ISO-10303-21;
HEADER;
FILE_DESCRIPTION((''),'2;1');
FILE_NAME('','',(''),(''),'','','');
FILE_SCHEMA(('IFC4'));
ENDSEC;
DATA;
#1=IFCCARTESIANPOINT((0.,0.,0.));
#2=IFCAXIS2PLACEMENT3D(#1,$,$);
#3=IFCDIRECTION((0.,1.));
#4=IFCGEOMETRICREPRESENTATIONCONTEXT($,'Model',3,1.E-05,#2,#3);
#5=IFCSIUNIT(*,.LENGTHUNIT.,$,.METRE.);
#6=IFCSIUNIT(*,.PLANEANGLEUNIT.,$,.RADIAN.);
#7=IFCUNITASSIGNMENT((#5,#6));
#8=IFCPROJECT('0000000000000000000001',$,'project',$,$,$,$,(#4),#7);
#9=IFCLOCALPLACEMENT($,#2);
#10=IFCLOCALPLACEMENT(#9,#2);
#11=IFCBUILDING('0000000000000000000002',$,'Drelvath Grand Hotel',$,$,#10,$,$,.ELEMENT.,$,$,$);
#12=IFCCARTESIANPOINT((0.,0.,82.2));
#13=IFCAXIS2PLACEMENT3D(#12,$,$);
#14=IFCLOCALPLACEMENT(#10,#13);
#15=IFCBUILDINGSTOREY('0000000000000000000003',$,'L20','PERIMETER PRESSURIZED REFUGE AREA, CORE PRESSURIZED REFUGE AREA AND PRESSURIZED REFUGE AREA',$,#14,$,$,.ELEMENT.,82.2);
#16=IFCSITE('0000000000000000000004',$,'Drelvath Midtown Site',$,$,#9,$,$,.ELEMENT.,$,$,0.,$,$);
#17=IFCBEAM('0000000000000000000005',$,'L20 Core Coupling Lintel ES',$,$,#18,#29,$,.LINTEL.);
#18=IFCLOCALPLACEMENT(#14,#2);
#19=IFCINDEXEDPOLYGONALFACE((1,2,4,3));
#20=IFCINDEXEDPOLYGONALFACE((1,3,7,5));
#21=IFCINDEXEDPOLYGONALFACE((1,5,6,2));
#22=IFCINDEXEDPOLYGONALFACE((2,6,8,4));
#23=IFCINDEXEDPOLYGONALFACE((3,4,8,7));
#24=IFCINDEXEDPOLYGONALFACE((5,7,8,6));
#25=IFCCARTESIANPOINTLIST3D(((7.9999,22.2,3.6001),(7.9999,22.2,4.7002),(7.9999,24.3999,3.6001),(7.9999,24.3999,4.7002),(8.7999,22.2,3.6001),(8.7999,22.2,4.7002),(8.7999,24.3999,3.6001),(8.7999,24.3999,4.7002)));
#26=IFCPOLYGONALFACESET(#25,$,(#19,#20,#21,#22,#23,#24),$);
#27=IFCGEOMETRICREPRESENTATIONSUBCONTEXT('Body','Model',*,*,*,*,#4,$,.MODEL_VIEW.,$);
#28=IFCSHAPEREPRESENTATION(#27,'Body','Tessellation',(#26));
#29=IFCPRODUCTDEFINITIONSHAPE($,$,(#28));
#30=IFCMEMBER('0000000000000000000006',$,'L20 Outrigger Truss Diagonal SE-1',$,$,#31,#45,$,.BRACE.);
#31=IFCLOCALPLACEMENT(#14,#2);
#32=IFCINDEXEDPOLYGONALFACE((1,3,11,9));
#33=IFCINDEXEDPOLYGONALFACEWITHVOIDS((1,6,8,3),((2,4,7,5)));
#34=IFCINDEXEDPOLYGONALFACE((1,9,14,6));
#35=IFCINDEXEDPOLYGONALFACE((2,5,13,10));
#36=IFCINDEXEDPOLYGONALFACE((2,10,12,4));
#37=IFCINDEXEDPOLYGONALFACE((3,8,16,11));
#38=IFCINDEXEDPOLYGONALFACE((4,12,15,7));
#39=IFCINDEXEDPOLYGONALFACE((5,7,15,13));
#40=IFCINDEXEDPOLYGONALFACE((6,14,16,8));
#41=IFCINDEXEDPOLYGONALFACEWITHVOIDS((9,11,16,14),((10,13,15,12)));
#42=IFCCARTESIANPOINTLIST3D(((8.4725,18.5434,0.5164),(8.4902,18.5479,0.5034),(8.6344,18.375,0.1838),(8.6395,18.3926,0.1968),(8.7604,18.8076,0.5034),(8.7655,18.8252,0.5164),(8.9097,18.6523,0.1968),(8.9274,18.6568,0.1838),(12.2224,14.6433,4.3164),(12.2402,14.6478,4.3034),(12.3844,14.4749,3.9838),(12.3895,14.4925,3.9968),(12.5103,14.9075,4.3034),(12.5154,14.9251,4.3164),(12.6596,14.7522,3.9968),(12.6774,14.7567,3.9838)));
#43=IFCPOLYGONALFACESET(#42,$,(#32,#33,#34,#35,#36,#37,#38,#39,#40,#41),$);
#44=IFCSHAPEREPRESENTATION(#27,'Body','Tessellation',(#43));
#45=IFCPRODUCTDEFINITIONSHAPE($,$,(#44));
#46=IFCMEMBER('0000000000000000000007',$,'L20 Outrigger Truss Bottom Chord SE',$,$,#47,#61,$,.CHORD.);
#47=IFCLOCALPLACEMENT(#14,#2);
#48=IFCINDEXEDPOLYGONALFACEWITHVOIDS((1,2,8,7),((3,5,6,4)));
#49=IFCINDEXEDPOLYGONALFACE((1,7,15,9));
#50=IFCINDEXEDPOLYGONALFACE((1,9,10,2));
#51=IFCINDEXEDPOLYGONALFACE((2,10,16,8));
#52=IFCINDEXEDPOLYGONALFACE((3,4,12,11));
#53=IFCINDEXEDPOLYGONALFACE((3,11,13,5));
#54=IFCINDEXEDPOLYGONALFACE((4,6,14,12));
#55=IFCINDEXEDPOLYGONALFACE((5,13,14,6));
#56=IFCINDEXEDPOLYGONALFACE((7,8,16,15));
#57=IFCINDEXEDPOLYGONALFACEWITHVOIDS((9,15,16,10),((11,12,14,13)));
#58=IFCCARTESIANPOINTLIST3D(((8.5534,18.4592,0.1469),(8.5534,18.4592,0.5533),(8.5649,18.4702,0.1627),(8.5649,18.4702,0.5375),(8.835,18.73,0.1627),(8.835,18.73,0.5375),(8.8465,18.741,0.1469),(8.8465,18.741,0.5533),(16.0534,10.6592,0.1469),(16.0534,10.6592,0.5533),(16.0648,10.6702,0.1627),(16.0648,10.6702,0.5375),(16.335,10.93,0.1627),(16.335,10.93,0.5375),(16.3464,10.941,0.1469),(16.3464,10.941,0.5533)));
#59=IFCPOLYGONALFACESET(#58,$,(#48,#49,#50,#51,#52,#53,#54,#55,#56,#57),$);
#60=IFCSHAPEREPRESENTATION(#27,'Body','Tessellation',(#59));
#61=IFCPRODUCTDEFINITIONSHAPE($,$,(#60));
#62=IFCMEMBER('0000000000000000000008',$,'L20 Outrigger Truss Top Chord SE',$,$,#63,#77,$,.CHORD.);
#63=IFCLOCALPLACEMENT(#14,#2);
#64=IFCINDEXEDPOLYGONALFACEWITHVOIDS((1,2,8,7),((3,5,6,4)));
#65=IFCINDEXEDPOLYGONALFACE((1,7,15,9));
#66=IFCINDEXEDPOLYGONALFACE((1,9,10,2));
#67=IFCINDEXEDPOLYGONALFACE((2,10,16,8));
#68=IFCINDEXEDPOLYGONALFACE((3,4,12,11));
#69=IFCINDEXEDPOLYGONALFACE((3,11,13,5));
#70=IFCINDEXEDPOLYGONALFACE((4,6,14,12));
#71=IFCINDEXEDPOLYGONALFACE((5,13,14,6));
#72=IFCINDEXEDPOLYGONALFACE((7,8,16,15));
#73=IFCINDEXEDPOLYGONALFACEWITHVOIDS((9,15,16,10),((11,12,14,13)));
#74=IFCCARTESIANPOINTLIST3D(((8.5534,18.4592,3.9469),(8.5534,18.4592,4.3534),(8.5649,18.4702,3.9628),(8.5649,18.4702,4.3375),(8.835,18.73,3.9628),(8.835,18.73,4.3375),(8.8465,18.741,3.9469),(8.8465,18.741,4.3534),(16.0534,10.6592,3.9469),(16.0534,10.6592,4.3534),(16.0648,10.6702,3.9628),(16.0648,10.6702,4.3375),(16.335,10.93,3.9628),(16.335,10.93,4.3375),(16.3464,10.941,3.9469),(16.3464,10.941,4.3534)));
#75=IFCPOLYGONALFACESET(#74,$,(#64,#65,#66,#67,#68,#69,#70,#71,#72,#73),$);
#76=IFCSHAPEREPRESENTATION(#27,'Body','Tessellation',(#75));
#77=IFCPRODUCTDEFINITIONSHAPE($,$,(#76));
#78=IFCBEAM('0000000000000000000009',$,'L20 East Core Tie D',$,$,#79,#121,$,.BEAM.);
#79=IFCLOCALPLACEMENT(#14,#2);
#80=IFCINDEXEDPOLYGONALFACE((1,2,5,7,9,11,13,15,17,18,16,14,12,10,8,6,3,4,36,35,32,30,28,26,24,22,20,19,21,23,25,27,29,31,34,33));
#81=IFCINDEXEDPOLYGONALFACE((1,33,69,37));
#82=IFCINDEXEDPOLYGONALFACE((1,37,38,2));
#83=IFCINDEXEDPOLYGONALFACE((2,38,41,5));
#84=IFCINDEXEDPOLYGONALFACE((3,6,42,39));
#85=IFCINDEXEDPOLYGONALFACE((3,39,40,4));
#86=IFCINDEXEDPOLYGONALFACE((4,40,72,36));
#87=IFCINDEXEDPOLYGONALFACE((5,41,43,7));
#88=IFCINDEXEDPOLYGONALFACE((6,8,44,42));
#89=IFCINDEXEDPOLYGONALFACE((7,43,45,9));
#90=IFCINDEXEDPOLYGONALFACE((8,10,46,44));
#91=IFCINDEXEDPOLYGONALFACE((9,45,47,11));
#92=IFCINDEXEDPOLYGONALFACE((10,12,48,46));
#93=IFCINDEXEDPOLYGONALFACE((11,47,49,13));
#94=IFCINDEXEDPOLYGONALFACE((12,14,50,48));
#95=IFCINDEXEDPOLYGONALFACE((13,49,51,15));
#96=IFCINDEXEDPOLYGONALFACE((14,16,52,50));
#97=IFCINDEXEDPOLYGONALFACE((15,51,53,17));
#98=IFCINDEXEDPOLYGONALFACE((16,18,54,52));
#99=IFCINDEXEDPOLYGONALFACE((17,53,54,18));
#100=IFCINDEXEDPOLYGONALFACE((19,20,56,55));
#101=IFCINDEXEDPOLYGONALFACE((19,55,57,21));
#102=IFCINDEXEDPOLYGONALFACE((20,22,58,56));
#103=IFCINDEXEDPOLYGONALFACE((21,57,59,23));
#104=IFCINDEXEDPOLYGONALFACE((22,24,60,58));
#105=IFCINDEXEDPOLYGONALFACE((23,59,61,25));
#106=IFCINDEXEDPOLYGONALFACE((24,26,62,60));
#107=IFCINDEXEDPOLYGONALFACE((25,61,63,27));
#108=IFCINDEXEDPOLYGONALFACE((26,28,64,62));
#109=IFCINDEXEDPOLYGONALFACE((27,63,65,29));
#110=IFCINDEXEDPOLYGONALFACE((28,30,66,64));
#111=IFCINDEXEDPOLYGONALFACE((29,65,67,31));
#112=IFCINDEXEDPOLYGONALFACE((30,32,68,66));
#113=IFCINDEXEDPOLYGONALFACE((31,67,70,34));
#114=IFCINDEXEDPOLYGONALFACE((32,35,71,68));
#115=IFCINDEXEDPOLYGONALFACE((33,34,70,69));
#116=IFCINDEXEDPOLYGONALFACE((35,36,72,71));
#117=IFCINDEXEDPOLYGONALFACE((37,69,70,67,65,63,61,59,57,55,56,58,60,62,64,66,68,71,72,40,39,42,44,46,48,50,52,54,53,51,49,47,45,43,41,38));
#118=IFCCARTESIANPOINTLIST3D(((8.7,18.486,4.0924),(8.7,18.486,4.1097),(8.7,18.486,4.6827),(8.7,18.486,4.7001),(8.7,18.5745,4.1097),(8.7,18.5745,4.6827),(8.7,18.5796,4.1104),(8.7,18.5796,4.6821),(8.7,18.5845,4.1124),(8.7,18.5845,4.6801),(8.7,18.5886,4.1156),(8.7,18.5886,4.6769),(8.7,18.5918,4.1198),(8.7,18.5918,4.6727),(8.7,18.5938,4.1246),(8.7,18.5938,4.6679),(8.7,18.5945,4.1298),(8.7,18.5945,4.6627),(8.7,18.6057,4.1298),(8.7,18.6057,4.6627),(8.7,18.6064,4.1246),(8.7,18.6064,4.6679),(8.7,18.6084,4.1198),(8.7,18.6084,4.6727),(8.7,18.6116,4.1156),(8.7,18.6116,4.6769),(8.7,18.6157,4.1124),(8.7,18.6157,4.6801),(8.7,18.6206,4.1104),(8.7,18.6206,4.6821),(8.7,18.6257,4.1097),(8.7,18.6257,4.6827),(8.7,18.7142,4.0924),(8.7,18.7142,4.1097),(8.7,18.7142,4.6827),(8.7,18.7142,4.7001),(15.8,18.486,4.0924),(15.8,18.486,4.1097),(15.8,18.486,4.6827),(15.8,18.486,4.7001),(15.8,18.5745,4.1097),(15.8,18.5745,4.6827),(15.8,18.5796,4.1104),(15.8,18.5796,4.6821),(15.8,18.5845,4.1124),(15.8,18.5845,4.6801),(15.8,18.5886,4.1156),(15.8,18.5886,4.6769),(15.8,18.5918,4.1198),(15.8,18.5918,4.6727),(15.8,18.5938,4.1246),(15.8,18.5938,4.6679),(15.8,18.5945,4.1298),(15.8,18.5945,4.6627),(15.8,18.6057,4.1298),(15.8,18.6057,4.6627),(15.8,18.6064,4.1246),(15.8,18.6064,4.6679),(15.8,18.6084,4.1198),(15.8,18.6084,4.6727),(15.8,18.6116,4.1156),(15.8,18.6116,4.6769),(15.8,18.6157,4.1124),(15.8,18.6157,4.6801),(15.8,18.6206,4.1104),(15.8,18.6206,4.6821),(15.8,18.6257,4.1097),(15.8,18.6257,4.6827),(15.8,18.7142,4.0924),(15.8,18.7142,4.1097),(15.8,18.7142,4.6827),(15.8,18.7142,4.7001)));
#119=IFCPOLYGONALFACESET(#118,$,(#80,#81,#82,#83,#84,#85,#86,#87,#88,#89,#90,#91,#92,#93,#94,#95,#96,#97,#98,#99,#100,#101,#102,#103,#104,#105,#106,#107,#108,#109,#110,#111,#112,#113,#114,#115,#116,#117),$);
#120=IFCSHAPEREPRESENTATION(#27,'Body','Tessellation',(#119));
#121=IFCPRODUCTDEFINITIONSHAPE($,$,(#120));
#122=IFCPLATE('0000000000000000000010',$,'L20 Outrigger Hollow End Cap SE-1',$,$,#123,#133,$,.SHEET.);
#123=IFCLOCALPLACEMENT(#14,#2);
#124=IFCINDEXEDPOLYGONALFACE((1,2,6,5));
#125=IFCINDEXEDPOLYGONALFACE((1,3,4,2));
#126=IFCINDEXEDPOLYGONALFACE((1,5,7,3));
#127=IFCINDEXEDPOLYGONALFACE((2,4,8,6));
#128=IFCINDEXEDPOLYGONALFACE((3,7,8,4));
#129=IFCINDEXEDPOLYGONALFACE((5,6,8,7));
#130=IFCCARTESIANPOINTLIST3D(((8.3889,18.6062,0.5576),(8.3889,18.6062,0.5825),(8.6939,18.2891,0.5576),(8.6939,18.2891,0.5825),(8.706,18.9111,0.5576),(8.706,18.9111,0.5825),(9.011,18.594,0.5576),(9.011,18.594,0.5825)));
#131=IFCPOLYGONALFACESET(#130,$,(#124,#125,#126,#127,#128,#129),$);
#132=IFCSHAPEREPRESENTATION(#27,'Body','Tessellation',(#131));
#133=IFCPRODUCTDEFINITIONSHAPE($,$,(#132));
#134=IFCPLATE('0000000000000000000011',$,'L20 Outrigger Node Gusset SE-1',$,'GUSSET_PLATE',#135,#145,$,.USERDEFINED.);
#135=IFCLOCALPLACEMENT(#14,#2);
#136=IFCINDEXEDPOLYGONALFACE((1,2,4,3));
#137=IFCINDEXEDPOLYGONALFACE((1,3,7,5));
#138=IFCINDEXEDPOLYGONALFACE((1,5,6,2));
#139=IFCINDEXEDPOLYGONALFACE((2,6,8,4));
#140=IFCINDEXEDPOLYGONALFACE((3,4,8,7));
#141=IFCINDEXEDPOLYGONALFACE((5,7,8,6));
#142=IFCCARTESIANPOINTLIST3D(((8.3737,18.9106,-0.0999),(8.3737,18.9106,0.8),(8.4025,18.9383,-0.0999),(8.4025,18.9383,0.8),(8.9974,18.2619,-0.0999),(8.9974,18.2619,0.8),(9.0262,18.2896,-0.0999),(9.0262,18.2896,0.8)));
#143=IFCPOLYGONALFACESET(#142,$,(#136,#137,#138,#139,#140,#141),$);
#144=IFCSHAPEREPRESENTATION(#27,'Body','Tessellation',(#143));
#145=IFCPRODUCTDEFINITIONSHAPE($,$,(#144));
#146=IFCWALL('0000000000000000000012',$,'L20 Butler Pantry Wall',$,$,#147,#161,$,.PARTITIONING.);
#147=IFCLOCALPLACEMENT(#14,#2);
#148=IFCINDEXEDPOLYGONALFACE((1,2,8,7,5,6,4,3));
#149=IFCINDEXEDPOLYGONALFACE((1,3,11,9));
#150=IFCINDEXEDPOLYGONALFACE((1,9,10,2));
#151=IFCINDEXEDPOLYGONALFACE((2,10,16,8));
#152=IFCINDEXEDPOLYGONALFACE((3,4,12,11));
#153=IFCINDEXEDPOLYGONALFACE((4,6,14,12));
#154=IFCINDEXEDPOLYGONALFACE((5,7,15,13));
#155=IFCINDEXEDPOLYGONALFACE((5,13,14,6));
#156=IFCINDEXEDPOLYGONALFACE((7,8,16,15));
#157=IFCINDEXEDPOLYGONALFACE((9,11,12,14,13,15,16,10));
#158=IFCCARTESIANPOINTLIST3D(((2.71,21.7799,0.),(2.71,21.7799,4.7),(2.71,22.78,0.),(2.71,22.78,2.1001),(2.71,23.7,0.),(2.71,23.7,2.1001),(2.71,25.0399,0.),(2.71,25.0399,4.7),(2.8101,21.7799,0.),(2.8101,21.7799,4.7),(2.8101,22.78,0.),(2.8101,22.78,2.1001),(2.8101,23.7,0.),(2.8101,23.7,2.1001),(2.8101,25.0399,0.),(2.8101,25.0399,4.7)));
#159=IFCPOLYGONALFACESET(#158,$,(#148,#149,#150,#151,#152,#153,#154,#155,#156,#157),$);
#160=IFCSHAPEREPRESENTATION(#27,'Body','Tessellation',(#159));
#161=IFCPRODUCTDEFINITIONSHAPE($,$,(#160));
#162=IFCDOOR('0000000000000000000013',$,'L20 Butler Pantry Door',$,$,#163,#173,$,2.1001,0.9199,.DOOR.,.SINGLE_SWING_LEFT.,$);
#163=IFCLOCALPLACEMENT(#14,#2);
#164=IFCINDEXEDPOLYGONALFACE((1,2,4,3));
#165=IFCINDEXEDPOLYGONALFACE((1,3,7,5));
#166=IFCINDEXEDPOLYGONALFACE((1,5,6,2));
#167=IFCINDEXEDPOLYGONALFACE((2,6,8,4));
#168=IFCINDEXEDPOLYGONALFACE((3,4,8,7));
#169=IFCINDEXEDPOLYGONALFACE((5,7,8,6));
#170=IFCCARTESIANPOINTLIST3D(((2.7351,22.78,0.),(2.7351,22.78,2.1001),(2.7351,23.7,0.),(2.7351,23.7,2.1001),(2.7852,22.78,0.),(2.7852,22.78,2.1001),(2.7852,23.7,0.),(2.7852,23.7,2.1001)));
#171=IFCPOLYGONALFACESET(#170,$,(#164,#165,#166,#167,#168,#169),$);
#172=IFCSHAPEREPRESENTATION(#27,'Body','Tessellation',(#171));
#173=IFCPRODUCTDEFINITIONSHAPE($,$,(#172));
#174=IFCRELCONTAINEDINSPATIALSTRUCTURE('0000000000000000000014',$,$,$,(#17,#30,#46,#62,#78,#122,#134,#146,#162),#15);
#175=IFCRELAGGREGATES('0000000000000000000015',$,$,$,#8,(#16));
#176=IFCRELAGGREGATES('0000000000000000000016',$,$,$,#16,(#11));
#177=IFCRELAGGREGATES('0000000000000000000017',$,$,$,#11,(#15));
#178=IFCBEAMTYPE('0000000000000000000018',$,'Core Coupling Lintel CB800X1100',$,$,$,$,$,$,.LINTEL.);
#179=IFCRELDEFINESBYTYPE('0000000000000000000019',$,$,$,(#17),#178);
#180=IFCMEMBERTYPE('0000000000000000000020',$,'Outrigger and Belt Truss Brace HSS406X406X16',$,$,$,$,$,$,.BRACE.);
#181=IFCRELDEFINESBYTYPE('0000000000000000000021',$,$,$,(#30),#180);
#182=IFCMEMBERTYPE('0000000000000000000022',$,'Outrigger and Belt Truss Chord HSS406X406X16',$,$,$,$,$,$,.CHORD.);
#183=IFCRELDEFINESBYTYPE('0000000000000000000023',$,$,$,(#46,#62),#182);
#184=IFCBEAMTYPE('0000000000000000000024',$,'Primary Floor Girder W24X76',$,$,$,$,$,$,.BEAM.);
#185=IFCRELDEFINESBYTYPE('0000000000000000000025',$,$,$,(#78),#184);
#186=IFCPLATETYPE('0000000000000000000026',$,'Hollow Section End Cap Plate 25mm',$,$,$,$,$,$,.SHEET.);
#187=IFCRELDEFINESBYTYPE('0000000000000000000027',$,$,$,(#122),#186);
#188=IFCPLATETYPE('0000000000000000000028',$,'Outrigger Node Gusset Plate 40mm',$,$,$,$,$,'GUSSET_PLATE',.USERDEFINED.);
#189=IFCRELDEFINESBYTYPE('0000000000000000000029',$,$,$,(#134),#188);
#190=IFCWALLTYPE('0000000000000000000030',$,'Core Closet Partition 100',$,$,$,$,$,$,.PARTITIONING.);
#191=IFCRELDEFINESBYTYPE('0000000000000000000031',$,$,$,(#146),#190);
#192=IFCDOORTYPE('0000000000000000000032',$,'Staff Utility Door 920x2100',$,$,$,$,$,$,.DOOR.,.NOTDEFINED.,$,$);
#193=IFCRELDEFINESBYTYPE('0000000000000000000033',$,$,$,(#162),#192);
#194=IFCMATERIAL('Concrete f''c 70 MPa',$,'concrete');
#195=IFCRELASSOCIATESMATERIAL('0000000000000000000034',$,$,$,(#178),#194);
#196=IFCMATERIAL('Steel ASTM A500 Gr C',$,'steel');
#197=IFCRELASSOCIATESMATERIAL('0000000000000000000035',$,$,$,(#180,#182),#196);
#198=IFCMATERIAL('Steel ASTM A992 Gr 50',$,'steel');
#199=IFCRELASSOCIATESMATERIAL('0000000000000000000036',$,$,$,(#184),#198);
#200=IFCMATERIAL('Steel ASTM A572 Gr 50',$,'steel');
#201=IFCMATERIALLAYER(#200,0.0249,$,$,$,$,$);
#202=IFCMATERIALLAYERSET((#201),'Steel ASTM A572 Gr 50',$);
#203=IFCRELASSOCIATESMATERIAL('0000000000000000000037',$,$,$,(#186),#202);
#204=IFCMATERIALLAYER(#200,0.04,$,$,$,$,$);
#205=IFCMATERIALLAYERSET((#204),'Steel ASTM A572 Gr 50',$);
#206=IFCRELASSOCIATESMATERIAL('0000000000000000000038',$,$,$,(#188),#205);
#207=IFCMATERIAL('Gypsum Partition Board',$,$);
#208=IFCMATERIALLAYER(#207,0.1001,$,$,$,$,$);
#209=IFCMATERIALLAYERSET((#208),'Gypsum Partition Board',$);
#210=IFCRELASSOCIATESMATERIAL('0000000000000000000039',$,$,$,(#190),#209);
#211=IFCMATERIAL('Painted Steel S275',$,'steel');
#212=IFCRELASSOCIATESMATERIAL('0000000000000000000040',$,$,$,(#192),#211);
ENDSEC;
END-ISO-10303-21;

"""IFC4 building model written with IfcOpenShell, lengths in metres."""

from ifc_helpers import new_model, si_unit, direction, frame, frame_2d, origin, origin_2d, place, context, subcontext, project, spatial, rectangle, hollow_rectangle, i_section, extrude, material, layer, layer_set, material_profile, profile_set, type_object, element, fill, save


model = new_model("IFC4")

# Units and contexts
model_context = context("Model", 3, precision=1e-05, world=origin(), true_north=direction((0.0, 1.0)))
body_context = subcontext(model_context, "Body", "Model", "MODEL_VIEW")
ifc_project = project(units=[si_unit("LENGTHUNIT", "METRE"), si_unit("PLANEANGLEUNIT", "RADIAN")], contexts=[model_context])

# Site, building, storey
site_placement = place(None, origin())
site = spatial("IfcSite", under=ifc_project, at=site_placement, Name="Drelvath Midtown Site", CompositionType="ELEMENT", RefElevation=0.0)
building_placement = place(site_placement, origin())
building = spatial("IfcBuilding", under=site, at=building_placement, Name="Drelvath Grand Hotel", CompositionType="ELEMENT")
storey_placement = place(building_placement, frame((0.0, 0.0, 82.2)))
storey = spatial("IfcBuildingStorey", under=building, at=storey_placement, Name="L20", Description="PERIMETER PRESSURIZED REFUGE AREA, CORE PRESSURIZED REFUGE AREA AND PRESSURIZED REFUGE AREA", CompositionType="ELEMENT", Elevation=82.2)

# Beam
ifc_material_1 = material(Name="Concrete f'c 70 MPa", Category="concrete")
ifc_material_profile_1 = material_profile(ifc_material_1, rectangle(XDim=0.8, YDim=1.1001, at=origin_2d()), Name="CB800X1100")
ifc_profile_set_1 = profile_set([ifc_material_profile_1], Name="Concrete f'c 70 MPa")
beam_type_1 = type_object("IfcBeamType", Name="Core Coupling Lintel CB800X1100", PredefinedType="LINTEL", material=ifc_profile_set_1)
beam_1_placement = place(storey_placement, frame((8.3999, 22.2, 4.1501), z_axis=(0.0, 1.0, 0.0), x_axis=(-1.0, 0.0, 0.0)))
element("IfcBeam", 1, at=beam_1_placement, inside=storey, type_object=beam_type_1, Name="L20 Core Coupling Lintel ES", PredefinedType="LINTEL", context=body_context, shape_type="SweptSolid", body=[
    extrude(rectangle(XDim=0.8, YDim=1.1001, at=origin_2d()), origin(), (0.0, 0.0, 1.0), 2.2),
])

# Members
ifc_material_2 = material(Name="Steel ASTM A500 Gr C", Category="steel")
ifc_material_profile_2 = material_profile(ifc_material_2, hollow_rectangle(XDim=0.4065, YDim=0.4065, WallThickness=0.0159, at=origin_2d()), Name="HSS406X406X16")
ifc_profile_set_2 = profile_set([ifc_material_profile_2], Name="Steel ASTM A500 Gr C")
member_type_1 = type_object("IfcMemberType", Name="Outrigger and Belt Truss Brace HSS406X406X16", PredefinedType="BRACE", material=ifc_profile_set_2)
member_placement = place(storey_placement, frame((8.7, 18.6001, 0.3501), z_axis=(0.56718, -0.589889, 0.57475), x_axis=(0.720846, 0.693095, 0.0)))
element("IfcMember", 2, at=member_placement, inside=storey, type_object=member_type_1, Name="L20 Outrigger Truss Diagonal SE-1", PredefinedType="BRACE", context=body_context, shape_type="SweptSolid", body=[
    extrude(hollow_rectangle(XDim=0.4065, YDim=0.4065, WallThickness=0.0159, at=origin_2d()), origin(), (0.0, 0.0, 1.0), 6.6116),
])
ifc_material_profile_3 = material_profile(ifc_material_2, hollow_rectangle(XDim=0.4065, YDim=0.4065, WallThickness=0.0159, at=origin_2d()), Name="HSS406X406X16")
ifc_profile_set_3 = profile_set([ifc_material_profile_3], Name="Steel ASTM A500 Gr C")
member_type_2 = type_object("IfcMemberType", Name="Outrigger and Belt Truss Chord HSS406X406X16", PredefinedType="CHORD", material=ifc_profile_set_3)
for number, where, z_axis, x_axis, name in (
    (3, (8.7, 18.6001, 0.3501), (0.693106, -0.720835, 0.0), (0.720835, 0.693106, 0.0), "L20 Outrigger Truss Bottom Chord SE"),
    (4, (8.7, 18.6001, 4.1501), (0.693106, -0.720835, 0.0), (0.720835, 0.693106, 0.0), "L20 Outrigger Truss Top Chord SE"),
):
    element("IfcMember", number, at=place(storey_placement, frame(where, z_axis=z_axis, x_axis=x_axis)), inside=storey, type_object=member_type_2, Name=name, PredefinedType="CHORD", context=body_context, shape_type="SweptSolid", body=[
        extrude(hollow_rectangle(XDim=0.4065, YDim=0.4065, WallThickness=0.0159, at=origin_2d()), origin(), (0.0, 0.0, 1.0), 10.8208),
    ])

# Beam
ifc_material_3 = material(Name="Steel ASTM A992 Gr 50", Category="steel")
ifc_material_profile_4 = material_profile(ifc_material_3, i_section(OverallWidth=0.2283, OverallDepth=0.6077, WebThickness=0.0112, FlangeThickness=0.0173, FilletRadius=0.02, at=origin_2d()), Name="W24X76")
ifc_profile_set_4 = profile_set([ifc_material_profile_4], Name="Steel ASTM A992 Gr 50")
beam_type_2 = type_object("IfcBeamType", Name="Primary Floor Girder W24X76", PredefinedType="BEAM", material=ifc_profile_set_4)
beam_2_placement = place(storey_placement, frame((8.7, 18.6001, 4.3962), z_axis=(1.0, 0.0, 0.0), x_axis=(0.0, 1.0, 0.0)))
element("IfcBeam", 5, at=beam_2_placement, inside=storey, type_object=beam_type_2, Name="L20 East Core Tie D", PredefinedType="BEAM", context=body_context, shape_type="SweptSolid", body=[
    extrude(i_section(OverallWidth=0.2283, OverallDepth=0.6077, WebThickness=0.0112, FlangeThickness=0.0173, FilletRadius=0.02, at=origin_2d()), origin(), (0.0, 0.0, 1.0), 7.1001),
])

# Plates
ifc_material_4 = material(Name="Steel ASTM A572 Gr 50", Category="steel")
ifc_layer_1 = layer(ifc_material_4, 0.0249)
ifc_layer_set_1 = layer_set([ifc_layer_1], Name="Steel ASTM A572 Gr 50")
plate_type_1 = type_object("IfcPlateType", Name="Hollow Section End Cap Plate 25mm", PredefinedType="SHEET", material=ifc_layer_set_1)
plate_1_placement = place(storey_placement, frame((8.7, 18.6001, 0.5576), z_axis=(0.0, 0.0, 1.0), x_axis=(0.693109, -0.720833, 0.0)))
element("IfcPlate", 6, at=plate_1_placement, inside=storey, type_object=plate_type_1, Name="L20 Outrigger Hollow End Cap SE-1", PredefinedType="SHEET", context=body_context, shape_type="SweptSolid", body=[
    extrude(rectangle(XDim=0.4399, YDim=0.4399, at=origin_2d()), origin(), (0.0, 0.0, 1.0), 0.0249),
])
ifc_layer_2 = layer(ifc_material_4, 0.04)
ifc_layer_set_2 = layer_set([ifc_layer_2], Name="Steel ASTM A572 Gr 50")
plate_type_2 = type_object("IfcPlateType", Name="Outrigger Node Gusset Plate 40mm", ElementType="GUSSET_PLATE", PredefinedType="USERDEFINED", material=ifc_layer_set_2)
plate_2_placement = place(storey_placement, frame((8.7, 18.6001, -0.0999), z_axis=(0.0, 0.0, 1.0), x_axis=(0.693109, -0.720833, 0.0)))
element("IfcPlate", 7, at=plate_2_placement, inside=storey, type_object=plate_type_2, Name="L20 Outrigger Node Gusset SE-1", ObjectType="GUSSET_PLATE", PredefinedType="USERDEFINED", context=body_context, shape_type="SweptSolid", body=[
    extrude(rectangle(XDim=0.8999, YDim=0.04, at=origin_2d()), origin(), (0.0, 0.0, 1.0), 0.8999),
])

# Wall, opening, door
ifc_material_5 = material(Name="Gypsum Partition Board")
ifc_layer_3 = layer(ifc_material_5, 0.1001)
ifc_layer_set_3 = layer_set([ifc_layer_3], Name="Gypsum Partition Board")
wall_type_1 = type_object("IfcWallType", Name="Core Closet Partition 100", PredefinedType="PARTITIONING", material=ifc_layer_set_3)
wall_1_placement = place(storey_placement, frame((2.76, 21.78, 0.0), z_axis=(0.0, 0.0, 1.0), x_axis=(0.0, 1.0, 0.0)))
wall_1 = element("IfcWall", 8, at=wall_1_placement, inside=storey, type_object=wall_type_1, Name="L20 Butler Pantry Wall", PredefinedType="PARTITIONING", context=body_context, shape_type="SweptSolid", body=[
    extrude(rectangle(XDim=3.26, YDim=0.1001, at=frame_2d((1.6299, 0.0))), origin(), (0.0, 0.0, 1.0), 4.7),
])
opening_1_placement = place(wall_1_placement, frame((1.0, 0.0, 0.0)))
opening_1 = element("IfcOpeningElement", 9, at=opening_1_placement, cuts=wall_1, PredefinedType="OPENING", context=body_context, shape_type="SweptSolid", body=[
    extrude(rectangle(XDim=0.9199, YDim=2.1001, at=frame_2d((0.46, 1.05))), frame((0.0, 0.0601, 0.0), z_axis=(0.0, -1.0, 0.0), x_axis=(1.0, 0.0, 0.0)), (0.0, 0.0, 1.0), 0.1201),
])
ifc_material_6 = material(Name="Painted Steel S275", Category="steel")
door_type_1 = type_object("IfcDoorType", Name="Staff Utility Door 920x2100", OperationType="NOTDEFINED", PredefinedType="DOOR", material=ifc_material_6)
door_1_placement = place(opening_1_placement, origin())
door_1 = element("IfcDoor", 10, at=door_1_placement, inside=storey, type_object=door_type_1, Name="L20 Butler Pantry Door", OperationType="SINGLE_SWING_LEFT", OverallHeight=2.1001, OverallWidth=0.9199, PredefinedType="DOOR", context=body_context, shape_type="SweptSolid", body=[
    extrude(rectangle(XDim=0.9199, YDim=2.1001, at=frame_2d((0.46, 1.05))), frame((0.0, 0.0249, 0.0), z_axis=(0.0, -1.0, 0.0), x_axis=(1.0, 0.0, 0.0)), (0.0, 0.0, 1.0), 0.05),
])
fill(opening_1, door_1)

save(model, "model.ifc")
